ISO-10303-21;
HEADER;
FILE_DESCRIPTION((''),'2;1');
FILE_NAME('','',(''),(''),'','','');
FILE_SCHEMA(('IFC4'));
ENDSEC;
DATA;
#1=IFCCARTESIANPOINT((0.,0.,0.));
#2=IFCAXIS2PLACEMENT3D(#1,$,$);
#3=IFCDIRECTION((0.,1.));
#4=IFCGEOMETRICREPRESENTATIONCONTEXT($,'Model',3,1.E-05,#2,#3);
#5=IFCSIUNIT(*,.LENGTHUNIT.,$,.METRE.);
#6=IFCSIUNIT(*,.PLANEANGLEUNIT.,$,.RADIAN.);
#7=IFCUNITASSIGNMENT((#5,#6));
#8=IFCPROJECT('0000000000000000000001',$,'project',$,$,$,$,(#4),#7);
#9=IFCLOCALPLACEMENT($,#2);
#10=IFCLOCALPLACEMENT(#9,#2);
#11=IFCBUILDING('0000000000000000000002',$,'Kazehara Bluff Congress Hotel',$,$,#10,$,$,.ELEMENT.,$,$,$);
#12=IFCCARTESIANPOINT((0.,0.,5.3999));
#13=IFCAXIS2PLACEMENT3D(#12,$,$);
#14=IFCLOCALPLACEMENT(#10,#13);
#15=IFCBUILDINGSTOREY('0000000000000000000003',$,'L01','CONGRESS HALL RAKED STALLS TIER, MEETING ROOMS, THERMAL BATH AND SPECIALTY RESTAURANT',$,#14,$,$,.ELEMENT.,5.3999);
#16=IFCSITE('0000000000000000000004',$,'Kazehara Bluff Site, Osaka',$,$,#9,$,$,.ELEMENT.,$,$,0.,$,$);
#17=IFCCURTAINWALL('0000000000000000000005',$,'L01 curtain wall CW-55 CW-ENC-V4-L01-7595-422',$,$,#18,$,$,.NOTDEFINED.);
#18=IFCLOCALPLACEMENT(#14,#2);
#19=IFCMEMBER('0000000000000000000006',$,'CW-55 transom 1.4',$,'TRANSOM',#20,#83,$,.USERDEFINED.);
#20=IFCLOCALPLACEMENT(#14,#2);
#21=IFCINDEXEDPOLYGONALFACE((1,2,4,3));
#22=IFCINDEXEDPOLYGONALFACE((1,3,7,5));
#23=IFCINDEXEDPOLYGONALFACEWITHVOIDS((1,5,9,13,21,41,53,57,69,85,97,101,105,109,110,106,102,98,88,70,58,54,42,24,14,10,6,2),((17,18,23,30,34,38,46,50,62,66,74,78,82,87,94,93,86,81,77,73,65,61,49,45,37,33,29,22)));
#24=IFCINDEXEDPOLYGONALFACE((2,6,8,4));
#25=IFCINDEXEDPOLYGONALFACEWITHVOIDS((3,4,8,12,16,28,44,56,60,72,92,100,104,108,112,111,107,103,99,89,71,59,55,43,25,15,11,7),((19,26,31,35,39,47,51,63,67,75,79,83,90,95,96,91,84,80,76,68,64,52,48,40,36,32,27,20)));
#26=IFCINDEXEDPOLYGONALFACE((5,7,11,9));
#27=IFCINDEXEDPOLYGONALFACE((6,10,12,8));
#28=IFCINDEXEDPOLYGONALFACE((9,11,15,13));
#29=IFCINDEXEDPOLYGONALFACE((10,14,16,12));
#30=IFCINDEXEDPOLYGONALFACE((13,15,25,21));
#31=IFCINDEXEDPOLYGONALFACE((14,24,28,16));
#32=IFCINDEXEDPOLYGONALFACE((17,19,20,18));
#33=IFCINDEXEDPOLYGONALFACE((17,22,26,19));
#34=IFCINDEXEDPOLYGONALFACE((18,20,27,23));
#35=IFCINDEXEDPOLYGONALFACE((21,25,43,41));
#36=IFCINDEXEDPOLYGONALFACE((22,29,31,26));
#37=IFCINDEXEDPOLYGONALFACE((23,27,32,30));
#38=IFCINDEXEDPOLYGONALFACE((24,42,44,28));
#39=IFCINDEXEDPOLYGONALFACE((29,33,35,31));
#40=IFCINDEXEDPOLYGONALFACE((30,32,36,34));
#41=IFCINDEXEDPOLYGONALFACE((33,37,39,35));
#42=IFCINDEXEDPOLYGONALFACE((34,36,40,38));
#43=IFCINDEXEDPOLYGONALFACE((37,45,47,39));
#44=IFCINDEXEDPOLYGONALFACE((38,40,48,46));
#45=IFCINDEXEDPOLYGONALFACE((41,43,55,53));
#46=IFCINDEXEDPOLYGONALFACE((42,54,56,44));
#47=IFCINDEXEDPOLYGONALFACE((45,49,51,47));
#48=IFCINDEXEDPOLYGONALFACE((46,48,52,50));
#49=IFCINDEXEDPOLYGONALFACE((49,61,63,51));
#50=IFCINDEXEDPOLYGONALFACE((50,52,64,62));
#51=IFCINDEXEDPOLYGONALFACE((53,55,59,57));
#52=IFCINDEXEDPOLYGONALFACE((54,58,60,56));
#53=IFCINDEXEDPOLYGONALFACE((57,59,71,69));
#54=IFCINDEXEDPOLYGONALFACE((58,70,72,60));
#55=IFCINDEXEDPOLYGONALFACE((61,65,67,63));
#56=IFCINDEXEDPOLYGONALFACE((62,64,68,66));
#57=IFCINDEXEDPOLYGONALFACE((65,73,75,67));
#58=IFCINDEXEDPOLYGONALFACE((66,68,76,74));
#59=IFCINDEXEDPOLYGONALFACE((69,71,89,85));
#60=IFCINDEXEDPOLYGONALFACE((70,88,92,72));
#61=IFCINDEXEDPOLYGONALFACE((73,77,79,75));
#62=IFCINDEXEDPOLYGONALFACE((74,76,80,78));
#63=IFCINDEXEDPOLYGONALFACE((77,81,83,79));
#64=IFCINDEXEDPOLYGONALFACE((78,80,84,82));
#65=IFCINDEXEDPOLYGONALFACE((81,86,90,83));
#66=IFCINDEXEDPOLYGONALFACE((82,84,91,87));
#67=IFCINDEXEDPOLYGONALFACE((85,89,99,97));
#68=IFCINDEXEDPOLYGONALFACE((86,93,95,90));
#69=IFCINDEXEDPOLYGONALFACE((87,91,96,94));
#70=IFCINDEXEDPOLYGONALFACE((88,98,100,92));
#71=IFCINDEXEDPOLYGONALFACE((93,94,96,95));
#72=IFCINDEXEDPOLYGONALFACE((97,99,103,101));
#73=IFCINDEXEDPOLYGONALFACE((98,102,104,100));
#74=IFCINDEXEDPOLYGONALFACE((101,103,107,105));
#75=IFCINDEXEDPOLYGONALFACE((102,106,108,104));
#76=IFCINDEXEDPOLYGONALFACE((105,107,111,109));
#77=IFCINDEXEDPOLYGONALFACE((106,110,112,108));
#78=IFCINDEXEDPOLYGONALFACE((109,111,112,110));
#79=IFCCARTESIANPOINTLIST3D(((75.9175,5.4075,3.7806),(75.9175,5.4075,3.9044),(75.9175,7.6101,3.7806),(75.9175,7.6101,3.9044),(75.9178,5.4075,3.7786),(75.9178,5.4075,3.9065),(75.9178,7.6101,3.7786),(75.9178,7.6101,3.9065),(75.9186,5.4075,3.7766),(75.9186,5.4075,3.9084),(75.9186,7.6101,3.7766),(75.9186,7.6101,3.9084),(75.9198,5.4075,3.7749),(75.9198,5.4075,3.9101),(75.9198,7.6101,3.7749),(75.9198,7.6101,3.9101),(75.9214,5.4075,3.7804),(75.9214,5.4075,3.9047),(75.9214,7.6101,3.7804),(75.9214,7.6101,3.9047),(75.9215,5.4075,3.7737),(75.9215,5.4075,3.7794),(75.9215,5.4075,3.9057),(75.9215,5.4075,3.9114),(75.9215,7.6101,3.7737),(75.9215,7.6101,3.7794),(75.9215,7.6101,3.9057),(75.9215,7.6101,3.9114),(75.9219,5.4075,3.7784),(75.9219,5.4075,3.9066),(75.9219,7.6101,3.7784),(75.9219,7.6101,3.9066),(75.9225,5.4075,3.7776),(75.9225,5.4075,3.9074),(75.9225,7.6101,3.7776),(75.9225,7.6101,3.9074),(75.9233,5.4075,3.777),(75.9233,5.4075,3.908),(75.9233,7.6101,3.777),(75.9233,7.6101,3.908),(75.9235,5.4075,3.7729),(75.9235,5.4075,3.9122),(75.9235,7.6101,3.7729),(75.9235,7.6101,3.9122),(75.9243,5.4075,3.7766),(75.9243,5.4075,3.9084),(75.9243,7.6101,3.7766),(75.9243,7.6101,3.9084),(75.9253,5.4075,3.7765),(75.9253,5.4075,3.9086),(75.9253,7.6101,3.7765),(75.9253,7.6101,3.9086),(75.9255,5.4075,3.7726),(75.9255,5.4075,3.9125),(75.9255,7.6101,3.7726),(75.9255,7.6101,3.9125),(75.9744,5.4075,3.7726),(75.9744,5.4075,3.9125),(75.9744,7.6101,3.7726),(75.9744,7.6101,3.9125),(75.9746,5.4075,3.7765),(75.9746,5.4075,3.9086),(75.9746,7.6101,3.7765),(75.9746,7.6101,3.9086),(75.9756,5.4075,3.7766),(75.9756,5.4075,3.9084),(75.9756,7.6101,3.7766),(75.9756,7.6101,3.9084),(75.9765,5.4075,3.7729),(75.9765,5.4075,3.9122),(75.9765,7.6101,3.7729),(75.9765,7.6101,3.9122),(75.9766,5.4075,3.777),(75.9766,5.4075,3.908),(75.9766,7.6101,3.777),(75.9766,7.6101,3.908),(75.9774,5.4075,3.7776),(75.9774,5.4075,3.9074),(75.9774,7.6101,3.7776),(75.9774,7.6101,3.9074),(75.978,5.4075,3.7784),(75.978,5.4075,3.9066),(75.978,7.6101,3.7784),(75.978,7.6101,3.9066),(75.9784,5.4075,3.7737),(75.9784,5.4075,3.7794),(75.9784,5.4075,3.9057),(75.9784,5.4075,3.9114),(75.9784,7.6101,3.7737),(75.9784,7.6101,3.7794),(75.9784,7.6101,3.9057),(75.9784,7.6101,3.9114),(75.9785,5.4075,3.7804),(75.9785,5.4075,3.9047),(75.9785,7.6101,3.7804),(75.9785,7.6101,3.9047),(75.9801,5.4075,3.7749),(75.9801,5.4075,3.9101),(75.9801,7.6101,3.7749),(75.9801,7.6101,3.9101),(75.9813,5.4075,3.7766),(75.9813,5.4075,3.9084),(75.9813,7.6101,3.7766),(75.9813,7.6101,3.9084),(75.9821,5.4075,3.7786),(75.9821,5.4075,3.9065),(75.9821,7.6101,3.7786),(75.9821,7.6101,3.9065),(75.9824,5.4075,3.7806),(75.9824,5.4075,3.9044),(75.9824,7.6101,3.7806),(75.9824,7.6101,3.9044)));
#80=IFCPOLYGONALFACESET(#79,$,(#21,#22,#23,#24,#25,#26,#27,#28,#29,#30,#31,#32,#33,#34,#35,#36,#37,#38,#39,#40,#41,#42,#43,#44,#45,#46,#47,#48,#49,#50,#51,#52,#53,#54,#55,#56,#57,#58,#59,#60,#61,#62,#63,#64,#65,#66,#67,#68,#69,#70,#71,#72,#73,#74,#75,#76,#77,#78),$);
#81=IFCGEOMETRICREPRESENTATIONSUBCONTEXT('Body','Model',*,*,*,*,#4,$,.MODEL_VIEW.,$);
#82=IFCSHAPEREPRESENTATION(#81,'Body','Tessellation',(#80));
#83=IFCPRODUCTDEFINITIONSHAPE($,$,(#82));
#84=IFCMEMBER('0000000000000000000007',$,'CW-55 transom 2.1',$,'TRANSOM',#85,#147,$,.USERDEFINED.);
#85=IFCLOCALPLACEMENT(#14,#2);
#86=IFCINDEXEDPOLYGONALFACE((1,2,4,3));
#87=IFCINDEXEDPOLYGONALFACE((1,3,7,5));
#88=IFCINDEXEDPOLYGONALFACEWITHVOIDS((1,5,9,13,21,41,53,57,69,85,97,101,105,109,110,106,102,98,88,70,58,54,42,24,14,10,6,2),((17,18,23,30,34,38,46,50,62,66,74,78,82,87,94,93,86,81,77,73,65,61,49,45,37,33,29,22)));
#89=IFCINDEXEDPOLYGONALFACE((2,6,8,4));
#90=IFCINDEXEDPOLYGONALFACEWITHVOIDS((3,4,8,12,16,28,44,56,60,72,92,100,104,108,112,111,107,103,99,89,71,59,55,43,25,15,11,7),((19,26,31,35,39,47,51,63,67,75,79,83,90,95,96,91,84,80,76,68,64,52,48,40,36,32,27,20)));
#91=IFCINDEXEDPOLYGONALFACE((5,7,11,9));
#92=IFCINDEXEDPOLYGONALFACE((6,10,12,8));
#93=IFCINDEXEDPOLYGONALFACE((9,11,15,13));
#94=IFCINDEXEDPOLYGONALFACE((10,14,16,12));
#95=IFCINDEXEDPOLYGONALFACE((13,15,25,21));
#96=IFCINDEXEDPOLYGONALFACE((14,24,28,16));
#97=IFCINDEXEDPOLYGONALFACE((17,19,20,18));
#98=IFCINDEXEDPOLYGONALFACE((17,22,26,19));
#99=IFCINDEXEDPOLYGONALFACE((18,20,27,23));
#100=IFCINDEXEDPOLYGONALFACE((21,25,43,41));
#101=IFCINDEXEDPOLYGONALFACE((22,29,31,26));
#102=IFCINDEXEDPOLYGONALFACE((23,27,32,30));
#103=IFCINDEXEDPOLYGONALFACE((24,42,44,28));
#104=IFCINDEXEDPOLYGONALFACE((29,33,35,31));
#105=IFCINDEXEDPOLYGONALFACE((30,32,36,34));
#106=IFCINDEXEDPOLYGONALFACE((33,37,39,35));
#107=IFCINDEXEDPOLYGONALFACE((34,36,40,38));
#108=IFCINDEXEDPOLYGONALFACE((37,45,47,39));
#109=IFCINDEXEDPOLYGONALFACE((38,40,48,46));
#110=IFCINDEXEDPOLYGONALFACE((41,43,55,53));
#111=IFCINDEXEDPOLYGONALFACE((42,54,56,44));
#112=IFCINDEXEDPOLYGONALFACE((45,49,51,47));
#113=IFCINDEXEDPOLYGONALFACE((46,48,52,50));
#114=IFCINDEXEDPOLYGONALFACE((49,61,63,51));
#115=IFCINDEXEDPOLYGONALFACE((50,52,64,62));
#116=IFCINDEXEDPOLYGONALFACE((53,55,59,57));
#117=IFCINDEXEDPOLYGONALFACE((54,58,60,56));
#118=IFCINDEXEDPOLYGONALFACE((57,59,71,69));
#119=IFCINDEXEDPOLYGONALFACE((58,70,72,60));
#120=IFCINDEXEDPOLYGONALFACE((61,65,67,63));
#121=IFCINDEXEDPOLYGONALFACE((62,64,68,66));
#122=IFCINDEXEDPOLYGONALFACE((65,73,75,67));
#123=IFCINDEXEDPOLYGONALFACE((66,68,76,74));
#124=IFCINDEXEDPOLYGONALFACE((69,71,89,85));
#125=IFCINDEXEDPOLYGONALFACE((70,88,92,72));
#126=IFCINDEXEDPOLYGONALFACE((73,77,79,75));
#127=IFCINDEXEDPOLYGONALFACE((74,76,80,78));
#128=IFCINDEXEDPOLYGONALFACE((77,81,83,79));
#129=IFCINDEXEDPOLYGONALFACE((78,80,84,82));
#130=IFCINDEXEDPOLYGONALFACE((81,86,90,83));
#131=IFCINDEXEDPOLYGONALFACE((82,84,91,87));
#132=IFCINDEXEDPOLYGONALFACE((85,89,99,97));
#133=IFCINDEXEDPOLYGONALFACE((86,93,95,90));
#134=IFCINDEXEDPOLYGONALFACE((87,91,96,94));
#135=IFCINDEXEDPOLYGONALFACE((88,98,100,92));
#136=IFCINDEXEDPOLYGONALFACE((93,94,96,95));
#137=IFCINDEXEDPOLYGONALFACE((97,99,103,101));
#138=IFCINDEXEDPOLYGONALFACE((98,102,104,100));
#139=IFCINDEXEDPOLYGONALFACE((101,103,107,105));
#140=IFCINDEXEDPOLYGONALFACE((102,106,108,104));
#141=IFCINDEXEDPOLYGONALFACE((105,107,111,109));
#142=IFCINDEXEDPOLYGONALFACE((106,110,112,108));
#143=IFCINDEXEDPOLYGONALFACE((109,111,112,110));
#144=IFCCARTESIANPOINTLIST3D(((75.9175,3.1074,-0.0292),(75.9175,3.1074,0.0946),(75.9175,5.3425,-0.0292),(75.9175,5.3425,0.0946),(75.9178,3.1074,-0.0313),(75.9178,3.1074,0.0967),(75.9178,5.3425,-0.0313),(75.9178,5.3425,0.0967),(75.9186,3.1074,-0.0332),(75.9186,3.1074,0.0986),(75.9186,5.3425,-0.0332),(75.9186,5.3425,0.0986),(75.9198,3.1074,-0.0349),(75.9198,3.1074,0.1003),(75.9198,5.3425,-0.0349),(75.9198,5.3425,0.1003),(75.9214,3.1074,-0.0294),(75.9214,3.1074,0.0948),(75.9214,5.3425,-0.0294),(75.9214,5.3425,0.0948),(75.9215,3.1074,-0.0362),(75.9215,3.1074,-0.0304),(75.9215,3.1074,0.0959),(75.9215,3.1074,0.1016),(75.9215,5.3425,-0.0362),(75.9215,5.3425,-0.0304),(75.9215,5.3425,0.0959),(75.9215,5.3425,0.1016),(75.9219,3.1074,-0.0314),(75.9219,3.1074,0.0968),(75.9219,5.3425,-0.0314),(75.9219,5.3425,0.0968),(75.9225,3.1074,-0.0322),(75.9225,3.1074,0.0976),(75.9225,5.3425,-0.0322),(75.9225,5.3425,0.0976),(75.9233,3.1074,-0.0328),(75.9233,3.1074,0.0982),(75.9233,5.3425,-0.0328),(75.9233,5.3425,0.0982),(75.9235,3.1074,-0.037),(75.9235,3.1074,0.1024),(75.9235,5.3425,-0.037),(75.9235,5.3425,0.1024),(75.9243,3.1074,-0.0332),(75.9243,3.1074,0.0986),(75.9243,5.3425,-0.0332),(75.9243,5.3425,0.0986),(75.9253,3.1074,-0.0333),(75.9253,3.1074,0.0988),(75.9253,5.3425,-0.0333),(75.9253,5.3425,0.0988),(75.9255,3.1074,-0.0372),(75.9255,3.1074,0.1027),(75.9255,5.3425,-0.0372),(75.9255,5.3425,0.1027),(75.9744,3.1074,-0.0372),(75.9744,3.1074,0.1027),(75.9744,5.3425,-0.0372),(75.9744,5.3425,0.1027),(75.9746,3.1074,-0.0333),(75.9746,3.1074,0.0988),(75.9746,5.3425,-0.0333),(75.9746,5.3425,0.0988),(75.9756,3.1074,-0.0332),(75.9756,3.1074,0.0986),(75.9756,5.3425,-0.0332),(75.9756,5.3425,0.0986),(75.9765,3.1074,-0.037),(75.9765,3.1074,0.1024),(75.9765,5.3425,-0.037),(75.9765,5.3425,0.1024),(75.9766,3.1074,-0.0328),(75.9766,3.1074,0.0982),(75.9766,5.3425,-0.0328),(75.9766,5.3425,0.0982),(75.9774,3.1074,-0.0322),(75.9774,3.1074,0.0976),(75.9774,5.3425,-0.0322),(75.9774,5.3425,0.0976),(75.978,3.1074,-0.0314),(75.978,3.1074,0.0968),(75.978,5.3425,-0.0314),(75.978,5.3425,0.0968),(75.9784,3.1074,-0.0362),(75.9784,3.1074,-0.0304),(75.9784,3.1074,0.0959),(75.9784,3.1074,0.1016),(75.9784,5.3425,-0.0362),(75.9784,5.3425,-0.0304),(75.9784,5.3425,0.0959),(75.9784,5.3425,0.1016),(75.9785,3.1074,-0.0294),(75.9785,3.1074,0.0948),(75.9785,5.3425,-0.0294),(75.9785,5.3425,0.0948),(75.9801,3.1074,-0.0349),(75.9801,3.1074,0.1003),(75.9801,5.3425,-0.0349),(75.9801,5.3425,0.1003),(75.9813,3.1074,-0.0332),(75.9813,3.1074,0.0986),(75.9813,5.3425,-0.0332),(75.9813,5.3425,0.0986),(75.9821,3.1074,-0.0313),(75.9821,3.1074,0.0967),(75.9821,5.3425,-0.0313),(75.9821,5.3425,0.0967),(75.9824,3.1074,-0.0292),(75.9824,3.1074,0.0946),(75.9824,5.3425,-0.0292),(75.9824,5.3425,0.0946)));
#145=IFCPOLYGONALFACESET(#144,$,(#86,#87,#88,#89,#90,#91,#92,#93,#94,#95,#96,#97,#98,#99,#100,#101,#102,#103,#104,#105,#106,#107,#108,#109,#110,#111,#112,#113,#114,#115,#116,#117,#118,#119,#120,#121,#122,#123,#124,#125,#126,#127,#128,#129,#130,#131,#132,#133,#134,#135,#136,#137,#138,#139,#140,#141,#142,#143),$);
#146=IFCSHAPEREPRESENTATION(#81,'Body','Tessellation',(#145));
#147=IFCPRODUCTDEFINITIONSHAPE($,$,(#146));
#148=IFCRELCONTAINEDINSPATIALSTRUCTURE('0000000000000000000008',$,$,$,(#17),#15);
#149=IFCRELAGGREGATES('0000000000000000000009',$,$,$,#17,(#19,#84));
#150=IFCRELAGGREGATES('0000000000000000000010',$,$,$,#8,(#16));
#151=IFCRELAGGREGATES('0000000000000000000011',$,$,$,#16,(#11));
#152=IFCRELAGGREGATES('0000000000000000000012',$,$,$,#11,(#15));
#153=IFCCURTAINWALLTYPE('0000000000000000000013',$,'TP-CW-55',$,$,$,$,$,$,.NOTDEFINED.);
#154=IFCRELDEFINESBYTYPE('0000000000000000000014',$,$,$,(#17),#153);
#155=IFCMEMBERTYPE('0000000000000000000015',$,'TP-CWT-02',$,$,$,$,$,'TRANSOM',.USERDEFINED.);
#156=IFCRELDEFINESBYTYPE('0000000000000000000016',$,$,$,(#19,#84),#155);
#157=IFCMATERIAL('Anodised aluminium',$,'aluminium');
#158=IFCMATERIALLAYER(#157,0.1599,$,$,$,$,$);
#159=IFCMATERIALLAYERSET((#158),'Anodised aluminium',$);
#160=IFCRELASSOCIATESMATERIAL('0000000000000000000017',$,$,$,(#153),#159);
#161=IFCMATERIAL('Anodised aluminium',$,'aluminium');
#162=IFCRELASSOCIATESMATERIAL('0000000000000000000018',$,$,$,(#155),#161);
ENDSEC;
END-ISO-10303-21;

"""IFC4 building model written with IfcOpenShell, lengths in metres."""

from ifc_helpers import new_model, si_unit, direction, frame, origin, origin_2d, place, context, subcontext, project, spatial, hollow_rectangle, extrude, material, layer, layer_set, material_profile, profile_set, type_object, element, aggregate, save


model = new_model("IFC4")

# Units and contexts
model_context = context("Model", 3, precision=1e-05, world=origin(), true_north=direction((0.0, 1.0)))
body_context = subcontext(model_context, "Body", "Model", "MODEL_VIEW")
ifc_project = project(units=[si_unit("LENGTHUNIT", "METRE"), si_unit("PLANEANGLEUNIT", "RADIAN")], contexts=[model_context])

# Site, building, storey
site_placement = place(None, origin())
site = spatial("IfcSite", under=ifc_project, at=site_placement, Name="Kazehara Bluff Site, Osaka", CompositionType="ELEMENT", RefElevation=0.0)
building_placement = place(site_placement, origin())
building = spatial("IfcBuilding", under=site, at=building_placement, Name="Kazehara Bluff Congress Hotel", CompositionType="ELEMENT")
storey_placement = place(building_placement, frame((0.0, 0.0, 5.3999)))
storey = spatial("IfcBuildingStorey", under=building, at=storey_placement, Name="L01", Description="CONGRESS HALL RAKED STALLS TIER, MEETING ROOMS, THERMAL BATH AND SPECIALTY RESTAURANT", CompositionType="ELEMENT", Elevation=5.3999)

# Curtain wall
ifc_material_1 = material(Name="Anodised aluminium", Category="aluminium")
ifc_layer_1 = layer(ifc_material_1, 0.1599)
ifc_layer_set_1 = layer_set([ifc_layer_1], Name="Anodised aluminium")
curtain_wall_type_1 = type_object("IfcCurtainWallType", Name="TP-CW-55", PredefinedType="NOTDEFINED", material=ifc_layer_set_1)
curtain_wall_1_placement = place(storey_placement, origin())
curtain_wall_1 = element("IfcCurtainWall", 1, at=curtain_wall_1_placement, inside=storey, type_object=curtain_wall_type_1, Name="L01 curtain wall CW-55 CW-ENC-V4-L01-7595-422", PredefinedType="NOTDEFINED")

# Members
ifc_material_2 = material(Name="Anodised aluminium", Category="aluminium")
ifc_material_profile_1 = material_profile(ifc_material_2, hollow_rectangle(XDim=0.0649, YDim=0.1399, WallThickness=0.0039, InnerFilletRadius=0.0039, OuterFilletRadius=0.0081, at=origin_2d()))
ifc_profile_set_1 = profile_set([ifc_material_profile_1], Name="Anodised aluminium")
member_type_1 = type_object("IfcMemberType", Name="TP-CWT-02", ElementType="TRANSOM", PredefinedType="USERDEFINED", material=ifc_profile_set_1)
member_1_placement = place(storey_placement, frame((75.95, 7.6101, 3.8425), z_axis=(0.0, -1.0, 0.0), x_axis=(1.0, 0.0, 0.0)))
member_1 = element("IfcMember", 2, at=member_1_placement, type_object=member_type_1, Name="CW-55 transom 1.4", ObjectType="TRANSOM", PredefinedType="USERDEFINED", context=body_context, shape_type="SweptSolid", body=[
    extrude(hollow_rectangle(XDim=0.0649, YDim=0.1399, WallThickness=0.0039, InnerFilletRadius=0.0039, OuterFilletRadius=0.0081, at=origin_2d()), origin(), (0.0, 0.0, 1.0), 2.2026),
])
member_2_placement = place(storey_placement, frame((75.95, 5.3425, 0.0327), z_axis=(0.0, -1.0, 0.0), x_axis=(1.0, 0.0, 0.0)))
member_2 = element("IfcMember", 3, at=member_2_placement, type_object=member_type_1, Name="CW-55 transom 2.1", ObjectType="TRANSOM", PredefinedType="USERDEFINED", context=body_context, shape_type="SweptSolid", body=[
    extrude(hollow_rectangle(XDim=0.0649, YDim=0.1399, WallThickness=0.0039, InnerFilletRadius=0.0039, OuterFilletRadius=0.0081, at=origin_2d()), origin(), (0.0, 0.0, 1.0), 2.2351),
])

aggregate(curtain_wall_1, [member_1, member_2])

save(model, "model.ifc")
